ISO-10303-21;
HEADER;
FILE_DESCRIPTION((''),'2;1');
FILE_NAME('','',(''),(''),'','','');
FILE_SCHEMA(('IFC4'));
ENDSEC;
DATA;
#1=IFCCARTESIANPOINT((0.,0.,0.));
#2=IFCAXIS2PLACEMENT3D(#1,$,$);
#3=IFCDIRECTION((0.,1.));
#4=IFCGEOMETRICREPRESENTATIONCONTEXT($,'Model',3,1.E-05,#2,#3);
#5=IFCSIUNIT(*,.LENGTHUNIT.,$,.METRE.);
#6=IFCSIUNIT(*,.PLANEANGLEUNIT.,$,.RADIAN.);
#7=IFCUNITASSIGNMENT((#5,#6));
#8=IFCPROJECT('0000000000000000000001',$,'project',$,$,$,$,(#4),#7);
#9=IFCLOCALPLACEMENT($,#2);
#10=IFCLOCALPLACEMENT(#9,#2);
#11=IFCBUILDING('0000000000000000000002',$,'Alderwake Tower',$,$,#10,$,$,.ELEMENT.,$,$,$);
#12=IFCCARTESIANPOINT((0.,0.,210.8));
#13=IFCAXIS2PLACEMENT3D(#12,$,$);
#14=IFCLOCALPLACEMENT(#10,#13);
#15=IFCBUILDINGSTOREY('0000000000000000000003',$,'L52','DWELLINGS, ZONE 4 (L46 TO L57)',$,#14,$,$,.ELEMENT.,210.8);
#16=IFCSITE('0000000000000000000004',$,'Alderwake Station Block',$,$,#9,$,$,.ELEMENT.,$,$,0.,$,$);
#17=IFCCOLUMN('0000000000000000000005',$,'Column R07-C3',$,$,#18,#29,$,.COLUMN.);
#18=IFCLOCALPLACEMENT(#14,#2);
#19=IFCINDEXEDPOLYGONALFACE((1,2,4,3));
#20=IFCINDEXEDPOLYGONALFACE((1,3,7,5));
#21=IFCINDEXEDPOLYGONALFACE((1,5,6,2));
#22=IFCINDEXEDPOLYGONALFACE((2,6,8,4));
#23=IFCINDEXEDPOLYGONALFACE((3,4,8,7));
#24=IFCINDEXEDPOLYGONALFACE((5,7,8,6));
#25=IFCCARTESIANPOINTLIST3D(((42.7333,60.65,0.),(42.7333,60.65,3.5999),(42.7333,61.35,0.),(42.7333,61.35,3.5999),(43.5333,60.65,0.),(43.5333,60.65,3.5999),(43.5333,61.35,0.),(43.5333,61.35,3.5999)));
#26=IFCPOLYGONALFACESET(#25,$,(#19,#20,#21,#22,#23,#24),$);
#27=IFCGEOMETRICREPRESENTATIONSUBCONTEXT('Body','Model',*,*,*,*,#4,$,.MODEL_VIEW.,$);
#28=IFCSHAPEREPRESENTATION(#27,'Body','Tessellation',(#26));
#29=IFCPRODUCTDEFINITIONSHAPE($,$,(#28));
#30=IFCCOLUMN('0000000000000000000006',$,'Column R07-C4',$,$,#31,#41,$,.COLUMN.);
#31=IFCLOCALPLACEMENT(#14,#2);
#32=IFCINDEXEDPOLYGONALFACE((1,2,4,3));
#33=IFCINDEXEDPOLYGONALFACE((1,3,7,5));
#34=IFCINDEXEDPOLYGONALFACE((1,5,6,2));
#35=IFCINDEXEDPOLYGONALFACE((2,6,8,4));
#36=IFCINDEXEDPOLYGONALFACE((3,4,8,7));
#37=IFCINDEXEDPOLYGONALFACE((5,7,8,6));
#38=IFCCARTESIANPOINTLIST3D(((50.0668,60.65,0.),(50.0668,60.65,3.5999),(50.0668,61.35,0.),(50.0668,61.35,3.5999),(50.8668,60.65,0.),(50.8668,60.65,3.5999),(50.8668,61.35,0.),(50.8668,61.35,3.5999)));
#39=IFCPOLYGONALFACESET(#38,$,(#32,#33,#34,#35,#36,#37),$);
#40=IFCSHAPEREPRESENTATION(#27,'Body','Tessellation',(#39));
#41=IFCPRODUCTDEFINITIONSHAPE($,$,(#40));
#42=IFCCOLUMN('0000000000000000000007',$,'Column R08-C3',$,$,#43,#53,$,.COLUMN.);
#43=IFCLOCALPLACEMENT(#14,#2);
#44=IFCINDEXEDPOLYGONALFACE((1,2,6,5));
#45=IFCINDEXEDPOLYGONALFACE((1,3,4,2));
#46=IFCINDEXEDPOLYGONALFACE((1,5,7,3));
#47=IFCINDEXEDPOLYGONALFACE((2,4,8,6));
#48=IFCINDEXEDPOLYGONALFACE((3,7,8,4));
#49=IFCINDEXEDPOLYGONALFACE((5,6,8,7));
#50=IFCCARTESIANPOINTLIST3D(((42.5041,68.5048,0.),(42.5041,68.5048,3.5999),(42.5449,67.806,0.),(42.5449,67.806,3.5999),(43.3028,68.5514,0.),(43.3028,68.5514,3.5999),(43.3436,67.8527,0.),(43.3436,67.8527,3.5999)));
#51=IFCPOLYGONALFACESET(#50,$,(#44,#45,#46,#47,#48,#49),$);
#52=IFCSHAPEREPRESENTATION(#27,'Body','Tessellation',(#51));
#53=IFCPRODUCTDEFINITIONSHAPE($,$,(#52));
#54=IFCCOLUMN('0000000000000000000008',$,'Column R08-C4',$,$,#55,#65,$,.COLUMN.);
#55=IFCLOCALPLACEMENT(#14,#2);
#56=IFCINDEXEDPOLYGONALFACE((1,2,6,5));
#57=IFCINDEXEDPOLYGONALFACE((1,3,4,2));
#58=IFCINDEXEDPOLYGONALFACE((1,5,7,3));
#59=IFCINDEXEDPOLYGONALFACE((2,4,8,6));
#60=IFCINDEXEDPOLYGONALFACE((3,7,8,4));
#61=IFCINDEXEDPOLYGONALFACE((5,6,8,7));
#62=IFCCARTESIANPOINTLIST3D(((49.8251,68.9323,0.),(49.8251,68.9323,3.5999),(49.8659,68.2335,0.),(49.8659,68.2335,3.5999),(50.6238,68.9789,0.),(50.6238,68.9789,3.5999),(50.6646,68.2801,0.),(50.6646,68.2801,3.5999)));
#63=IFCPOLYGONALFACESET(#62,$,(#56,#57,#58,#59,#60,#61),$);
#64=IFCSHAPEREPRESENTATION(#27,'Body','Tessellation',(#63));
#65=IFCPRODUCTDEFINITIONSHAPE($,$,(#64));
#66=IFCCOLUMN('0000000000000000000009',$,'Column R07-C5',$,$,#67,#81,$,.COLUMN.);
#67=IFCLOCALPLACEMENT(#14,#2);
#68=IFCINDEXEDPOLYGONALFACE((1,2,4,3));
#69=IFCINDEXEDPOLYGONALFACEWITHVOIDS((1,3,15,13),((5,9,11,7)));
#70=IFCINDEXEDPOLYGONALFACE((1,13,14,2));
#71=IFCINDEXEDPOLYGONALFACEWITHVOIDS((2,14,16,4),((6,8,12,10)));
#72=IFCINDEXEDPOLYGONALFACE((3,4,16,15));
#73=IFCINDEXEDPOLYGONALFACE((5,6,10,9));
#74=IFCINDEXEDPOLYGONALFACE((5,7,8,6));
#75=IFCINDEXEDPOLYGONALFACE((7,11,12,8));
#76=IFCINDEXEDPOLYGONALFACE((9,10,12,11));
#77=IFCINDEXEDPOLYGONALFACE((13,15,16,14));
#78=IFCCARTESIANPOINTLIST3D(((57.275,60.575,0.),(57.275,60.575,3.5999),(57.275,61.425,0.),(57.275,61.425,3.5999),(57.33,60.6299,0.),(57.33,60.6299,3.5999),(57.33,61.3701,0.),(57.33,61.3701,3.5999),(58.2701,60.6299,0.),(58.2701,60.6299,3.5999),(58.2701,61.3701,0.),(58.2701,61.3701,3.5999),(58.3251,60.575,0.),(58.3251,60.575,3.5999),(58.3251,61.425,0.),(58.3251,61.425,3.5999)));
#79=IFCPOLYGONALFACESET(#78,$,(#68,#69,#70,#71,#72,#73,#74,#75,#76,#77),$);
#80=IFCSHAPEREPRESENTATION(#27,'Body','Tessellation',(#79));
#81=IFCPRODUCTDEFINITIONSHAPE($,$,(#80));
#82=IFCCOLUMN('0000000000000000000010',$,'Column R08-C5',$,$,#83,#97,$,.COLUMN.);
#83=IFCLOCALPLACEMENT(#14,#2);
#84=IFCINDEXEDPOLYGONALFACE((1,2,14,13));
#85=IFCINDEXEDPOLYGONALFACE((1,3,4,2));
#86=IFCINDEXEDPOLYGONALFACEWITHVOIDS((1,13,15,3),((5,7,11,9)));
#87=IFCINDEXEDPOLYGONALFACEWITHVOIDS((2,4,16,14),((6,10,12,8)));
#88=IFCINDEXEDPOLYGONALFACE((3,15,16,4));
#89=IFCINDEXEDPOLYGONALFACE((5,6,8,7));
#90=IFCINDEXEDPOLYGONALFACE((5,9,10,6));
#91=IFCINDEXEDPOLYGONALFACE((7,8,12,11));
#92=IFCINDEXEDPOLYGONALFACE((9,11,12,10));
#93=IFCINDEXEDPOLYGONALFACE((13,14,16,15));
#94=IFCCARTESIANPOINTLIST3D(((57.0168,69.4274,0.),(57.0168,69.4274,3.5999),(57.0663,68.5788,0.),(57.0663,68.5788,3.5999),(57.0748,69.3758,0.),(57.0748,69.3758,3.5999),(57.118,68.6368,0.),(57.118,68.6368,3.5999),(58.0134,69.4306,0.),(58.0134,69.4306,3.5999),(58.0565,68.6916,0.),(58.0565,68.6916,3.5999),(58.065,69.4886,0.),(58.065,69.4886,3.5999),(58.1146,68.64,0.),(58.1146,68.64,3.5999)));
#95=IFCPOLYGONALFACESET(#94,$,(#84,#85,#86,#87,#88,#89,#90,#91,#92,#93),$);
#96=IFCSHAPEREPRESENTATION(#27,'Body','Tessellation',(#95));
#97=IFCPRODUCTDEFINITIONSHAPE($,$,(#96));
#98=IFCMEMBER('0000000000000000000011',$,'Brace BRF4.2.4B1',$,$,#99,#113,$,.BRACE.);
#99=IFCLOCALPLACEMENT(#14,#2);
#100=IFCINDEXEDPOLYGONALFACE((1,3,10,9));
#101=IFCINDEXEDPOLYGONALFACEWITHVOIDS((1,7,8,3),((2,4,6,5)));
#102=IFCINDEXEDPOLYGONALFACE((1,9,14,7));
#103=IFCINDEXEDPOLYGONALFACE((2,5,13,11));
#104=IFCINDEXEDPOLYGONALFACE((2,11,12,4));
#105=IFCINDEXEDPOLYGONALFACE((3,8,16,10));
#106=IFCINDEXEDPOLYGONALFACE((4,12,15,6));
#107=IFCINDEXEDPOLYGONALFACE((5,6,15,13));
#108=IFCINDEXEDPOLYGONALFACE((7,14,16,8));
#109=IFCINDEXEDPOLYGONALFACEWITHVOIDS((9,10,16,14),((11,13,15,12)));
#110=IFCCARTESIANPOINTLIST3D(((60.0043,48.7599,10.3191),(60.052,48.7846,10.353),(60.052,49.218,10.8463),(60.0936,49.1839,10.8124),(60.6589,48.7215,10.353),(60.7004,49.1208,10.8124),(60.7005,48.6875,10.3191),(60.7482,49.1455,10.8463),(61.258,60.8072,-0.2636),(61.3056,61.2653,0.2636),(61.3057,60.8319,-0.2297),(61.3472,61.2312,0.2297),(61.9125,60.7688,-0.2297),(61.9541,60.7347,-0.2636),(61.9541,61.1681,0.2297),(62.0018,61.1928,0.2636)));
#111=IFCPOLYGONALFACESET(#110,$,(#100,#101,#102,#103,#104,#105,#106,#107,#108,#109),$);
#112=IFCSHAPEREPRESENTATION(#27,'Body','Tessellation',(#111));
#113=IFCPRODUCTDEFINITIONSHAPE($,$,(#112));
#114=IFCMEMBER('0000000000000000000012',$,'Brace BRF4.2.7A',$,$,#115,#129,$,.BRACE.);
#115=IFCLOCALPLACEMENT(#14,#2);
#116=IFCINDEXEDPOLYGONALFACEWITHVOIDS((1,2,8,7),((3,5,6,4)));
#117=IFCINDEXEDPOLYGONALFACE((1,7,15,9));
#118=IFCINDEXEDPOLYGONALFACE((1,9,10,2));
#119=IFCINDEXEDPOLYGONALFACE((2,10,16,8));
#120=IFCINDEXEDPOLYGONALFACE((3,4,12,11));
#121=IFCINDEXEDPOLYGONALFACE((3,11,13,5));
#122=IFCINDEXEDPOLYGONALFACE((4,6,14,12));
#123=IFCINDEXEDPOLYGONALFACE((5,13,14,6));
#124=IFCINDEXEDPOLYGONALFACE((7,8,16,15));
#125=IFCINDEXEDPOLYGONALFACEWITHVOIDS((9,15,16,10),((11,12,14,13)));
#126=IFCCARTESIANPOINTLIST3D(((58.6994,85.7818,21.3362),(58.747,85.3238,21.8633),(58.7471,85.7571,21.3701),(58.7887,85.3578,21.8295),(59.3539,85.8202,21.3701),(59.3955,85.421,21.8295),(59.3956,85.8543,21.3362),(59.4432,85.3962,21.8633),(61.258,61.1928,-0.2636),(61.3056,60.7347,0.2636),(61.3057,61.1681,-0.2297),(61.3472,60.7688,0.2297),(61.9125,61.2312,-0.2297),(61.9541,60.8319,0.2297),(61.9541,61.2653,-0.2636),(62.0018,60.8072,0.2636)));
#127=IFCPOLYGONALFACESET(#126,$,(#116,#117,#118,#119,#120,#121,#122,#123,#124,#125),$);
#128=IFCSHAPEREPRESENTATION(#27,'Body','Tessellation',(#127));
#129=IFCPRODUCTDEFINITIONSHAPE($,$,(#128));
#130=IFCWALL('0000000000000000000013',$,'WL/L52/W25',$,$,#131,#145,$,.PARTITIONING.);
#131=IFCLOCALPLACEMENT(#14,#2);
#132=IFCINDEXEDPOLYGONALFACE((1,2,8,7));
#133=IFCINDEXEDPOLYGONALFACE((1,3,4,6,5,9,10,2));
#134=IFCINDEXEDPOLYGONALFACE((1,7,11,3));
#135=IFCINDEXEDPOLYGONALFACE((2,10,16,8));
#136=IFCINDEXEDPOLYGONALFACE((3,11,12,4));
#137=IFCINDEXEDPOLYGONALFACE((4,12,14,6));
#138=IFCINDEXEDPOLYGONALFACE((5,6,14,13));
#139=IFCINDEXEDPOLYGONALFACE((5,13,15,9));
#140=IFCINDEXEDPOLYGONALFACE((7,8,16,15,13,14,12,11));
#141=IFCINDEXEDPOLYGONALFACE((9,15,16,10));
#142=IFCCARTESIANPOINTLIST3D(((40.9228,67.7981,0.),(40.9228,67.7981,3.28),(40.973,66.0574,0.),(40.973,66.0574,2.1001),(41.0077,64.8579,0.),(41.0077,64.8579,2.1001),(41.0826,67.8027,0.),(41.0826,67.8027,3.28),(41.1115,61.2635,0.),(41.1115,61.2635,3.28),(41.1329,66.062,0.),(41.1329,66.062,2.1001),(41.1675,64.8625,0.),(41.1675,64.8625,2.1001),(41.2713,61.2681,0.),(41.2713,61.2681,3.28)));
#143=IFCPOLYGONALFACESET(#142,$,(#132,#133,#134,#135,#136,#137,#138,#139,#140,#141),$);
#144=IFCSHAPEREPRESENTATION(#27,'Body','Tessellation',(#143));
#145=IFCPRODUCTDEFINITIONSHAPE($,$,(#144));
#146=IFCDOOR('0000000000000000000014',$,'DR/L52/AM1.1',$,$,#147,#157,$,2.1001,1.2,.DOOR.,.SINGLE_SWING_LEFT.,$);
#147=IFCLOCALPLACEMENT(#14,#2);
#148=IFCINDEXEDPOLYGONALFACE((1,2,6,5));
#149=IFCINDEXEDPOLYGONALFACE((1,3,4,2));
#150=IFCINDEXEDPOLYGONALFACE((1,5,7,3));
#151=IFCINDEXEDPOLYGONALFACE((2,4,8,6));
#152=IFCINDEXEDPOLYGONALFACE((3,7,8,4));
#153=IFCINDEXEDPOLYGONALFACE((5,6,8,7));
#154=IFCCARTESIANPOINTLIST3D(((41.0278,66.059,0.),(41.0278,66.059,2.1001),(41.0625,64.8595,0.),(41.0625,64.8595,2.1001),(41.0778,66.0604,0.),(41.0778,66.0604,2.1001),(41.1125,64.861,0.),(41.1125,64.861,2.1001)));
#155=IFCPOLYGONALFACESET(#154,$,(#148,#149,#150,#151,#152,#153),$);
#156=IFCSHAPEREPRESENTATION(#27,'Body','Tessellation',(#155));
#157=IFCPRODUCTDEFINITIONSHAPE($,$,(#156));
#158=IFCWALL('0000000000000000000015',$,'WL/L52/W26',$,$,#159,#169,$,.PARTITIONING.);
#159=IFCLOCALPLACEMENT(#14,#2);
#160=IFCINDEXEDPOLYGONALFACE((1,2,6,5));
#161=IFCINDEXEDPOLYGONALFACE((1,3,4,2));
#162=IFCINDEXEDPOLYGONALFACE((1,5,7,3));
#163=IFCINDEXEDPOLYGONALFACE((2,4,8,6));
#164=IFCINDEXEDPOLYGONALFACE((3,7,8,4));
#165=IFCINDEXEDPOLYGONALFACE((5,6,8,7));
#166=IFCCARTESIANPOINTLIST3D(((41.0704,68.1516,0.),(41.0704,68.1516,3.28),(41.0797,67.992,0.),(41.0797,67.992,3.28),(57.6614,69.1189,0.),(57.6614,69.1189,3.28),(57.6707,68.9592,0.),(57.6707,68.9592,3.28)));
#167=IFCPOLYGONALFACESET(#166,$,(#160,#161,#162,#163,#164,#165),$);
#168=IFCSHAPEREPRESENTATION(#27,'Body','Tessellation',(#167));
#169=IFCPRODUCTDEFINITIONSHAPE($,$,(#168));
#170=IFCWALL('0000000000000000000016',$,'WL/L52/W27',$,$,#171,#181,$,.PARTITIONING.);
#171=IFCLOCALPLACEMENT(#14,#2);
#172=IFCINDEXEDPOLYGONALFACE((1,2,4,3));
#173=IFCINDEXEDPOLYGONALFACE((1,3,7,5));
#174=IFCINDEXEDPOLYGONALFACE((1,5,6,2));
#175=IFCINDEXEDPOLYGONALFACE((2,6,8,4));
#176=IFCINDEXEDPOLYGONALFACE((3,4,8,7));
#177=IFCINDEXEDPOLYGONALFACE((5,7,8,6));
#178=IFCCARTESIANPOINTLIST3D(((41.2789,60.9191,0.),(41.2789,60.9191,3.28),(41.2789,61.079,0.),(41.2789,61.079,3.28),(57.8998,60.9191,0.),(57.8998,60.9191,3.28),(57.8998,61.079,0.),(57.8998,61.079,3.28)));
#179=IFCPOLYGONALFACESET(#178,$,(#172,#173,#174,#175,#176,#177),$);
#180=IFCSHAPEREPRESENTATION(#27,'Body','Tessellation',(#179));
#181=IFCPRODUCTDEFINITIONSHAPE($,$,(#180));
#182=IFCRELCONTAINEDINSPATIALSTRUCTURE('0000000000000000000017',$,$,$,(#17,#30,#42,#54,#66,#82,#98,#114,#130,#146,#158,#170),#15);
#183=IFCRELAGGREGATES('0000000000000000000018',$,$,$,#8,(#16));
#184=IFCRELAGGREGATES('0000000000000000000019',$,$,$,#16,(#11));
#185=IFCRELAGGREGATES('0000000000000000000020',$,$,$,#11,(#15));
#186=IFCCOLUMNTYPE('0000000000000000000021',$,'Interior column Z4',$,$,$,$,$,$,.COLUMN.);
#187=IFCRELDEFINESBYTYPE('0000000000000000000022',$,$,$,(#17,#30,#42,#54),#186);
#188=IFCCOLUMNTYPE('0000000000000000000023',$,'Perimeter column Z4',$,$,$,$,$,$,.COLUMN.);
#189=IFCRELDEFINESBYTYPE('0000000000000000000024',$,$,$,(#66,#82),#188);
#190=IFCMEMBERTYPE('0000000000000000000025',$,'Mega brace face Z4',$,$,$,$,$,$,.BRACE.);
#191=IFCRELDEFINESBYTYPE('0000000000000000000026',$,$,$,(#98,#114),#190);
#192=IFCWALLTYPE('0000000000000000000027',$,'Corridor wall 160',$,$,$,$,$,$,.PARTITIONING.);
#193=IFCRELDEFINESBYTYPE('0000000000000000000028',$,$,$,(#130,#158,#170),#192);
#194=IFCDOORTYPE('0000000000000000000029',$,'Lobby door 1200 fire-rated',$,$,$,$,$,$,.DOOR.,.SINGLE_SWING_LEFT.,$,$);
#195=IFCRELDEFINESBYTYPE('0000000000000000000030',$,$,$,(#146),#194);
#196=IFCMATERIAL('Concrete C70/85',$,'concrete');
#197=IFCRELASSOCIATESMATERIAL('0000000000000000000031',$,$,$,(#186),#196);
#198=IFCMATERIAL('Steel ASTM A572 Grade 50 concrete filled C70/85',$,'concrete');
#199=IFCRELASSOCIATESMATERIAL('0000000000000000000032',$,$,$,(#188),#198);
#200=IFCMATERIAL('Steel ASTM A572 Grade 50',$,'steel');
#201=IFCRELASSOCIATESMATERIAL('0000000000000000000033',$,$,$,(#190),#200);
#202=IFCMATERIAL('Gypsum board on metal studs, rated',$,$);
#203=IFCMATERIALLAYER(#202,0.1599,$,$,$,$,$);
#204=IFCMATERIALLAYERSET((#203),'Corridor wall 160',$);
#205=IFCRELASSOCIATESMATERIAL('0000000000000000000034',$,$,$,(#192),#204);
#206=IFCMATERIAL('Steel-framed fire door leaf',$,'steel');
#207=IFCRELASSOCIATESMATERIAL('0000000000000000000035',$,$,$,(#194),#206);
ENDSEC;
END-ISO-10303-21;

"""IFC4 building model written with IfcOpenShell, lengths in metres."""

from ifc_helpers import new_model, si_unit, direction, frame, frame_2d, origin, origin_2d, place, context, subcontext, project, spatial, rectangle, hollow_rectangle, extrude, material, layer, layer_set, material_profile, profile_set, type_object, element, fill, save


model = new_model("IFC4")

# Units and contexts
model_context = context("Model", 3, precision=1e-05, world=origin(), true_north=direction((0.0, 1.0)))
body_context = subcontext(model_context, "Body", "Model", "MODEL_VIEW")
ifc_project = project(units=[si_unit("LENGTHUNIT", "METRE"), si_unit("PLANEANGLEUNIT", "RADIAN")], contexts=[model_context])

# Site, building, storey
site_placement = place(None, origin())
site = spatial("IfcSite", under=ifc_project, at=site_placement, Name="Alderwake Station Block", CompositionType="ELEMENT", RefElevation=0.0)
building_placement = place(site_placement, origin())
building = spatial("IfcBuilding", under=site, at=building_placement, Name="Alderwake Tower", CompositionType="ELEMENT")
storey_placement = place(building_placement, frame((0.0, 0.0, 210.8)))
storey = spatial("IfcBuildingStorey", under=building, at=storey_placement, Name="L52", Description="DWELLINGS, ZONE 4 (L46 TO L57)", CompositionType="ELEMENT", Elevation=210.8)

# Columns
ifc_material_1 = material(Name="Concrete C70/85", Category="concrete")
ifc_material_profile_1 = material_profile(ifc_material_1, rectangle(XDim=0.7, YDim=0.8, at=origin_2d()), Name="RC 800X700")
ifc_profile_set_1 = profile_set([ifc_material_profile_1], Name="Concrete C70/85")
column_type_1 = type_object("IfcColumnType", Name="Interior column Z4", PredefinedType="COLUMN", material=ifc_profile_set_1)
for number, where, z_axis, x_axis, name in (
    (1, (43.1333, 61.0, 0.0), (0.0, 0.0, 1.0), (0.0, 1.0, 0.0), "Column R07-C3"),
    (2, (50.4668, 61.0, 0.0), (0.0, 0.0, 1.0), (0.0, 1.0, 0.0), "Column R07-C4"),
    (3, (42.9238, 68.1787, 0.0), (0.0, 0.0, 1.0), (-0.058301, 0.998299, 0.0), "Column R08-C3"),
    (4, (50.2449, 68.6062, 0.0), (0.0, 0.0, 1.0), (-0.058299, 0.998299, 0.0), "Column R08-C4"),
):
    element("IfcColumn", number, at=place(storey_placement, frame(where, z_axis=z_axis, x_axis=x_axis)), inside=storey, type_object=column_type_1, Name=name, PredefinedType="COLUMN", context=body_context, shape_type="SweptSolid", body=[
        extrude(rectangle(XDim=0.7, YDim=0.8, at=origin_2d()), origin(), (0.0, 0.0, 1.0), 3.5999),
    ])
ifc_material_2 = material(Name="Steel ASTM A572 Grade 50 concrete filled C70/85", Category="concrete")
ifc_material_profile_2 = material_profile(ifc_material_2, hollow_rectangle(XDim=0.8501, YDim=1.05, WallThickness=0.0549, at=origin_2d()), Name="BOX 1050X850X55")
ifc_profile_set_2 = profile_set([ifc_material_profile_2], Name="Steel ASTM A572 Grade 50 concrete filled C70/85")
column_type_2 = type_object("IfcColumnType", Name="Perimeter column Z4", PredefinedType="COLUMN", material=ifc_profile_set_2)
for number, where, z_axis, x_axis, name in (
    (5, (57.8, 61.0, 0.0), (0.0, 0.0, 1.0), (0.0, 1.0, 0.0), "Column R07-C5"),
    (6, (57.5657, 69.0337, 0.0), (0.0, 0.0, 1.0), (-0.058301, 0.998299, 0.0), "Column R08-C5"),
):
    element("IfcColumn", number, at=place(storey_placement, frame(where, z_axis=z_axis, x_axis=x_axis)), inside=storey, type_object=column_type_2, Name=name, PredefinedType="COLUMN", context=body_context, shape_type="SweptSolid", body=[
        extrude(hollow_rectangle(XDim=0.8501, YDim=1.05, WallThickness=0.0549, at=origin_2d()), origin(), (0.0, 0.0, 1.0), 3.5999),
    ])

# Members
ifc_material_3 = material(Name="Steel ASTM A572 Grade 50", Category="steel")
ifc_material_profile_3 = material_profile(ifc_material_3, hollow_rectangle(XDim=0.7, YDim=0.7, WallThickness=0.0449, at=origin_2d()), Name="BOX 700X700X45")
ifc_profile_set_3 = profile_set([ifc_material_profile_3], Name="Steel ASTM A572 Grade 50")
member_type = type_object("IfcMemberType", Name="Mega brace face Z4", PredefinedType="BRACE", material=ifc_profile_set_3)
member_1_placement = place(storey_placement, frame((61.6299, 61.0, 0.0), z_axis=(-0.077943, -0.749013, 0.657955), x_axis=(0.994629, -0.103502, 0.0)))
element("IfcMember", 7, at=member_1_placement, inside=storey, type_object=member_type, Name="Brace BRF4.2.4B1", PredefinedType="BRACE", context=body_context, shape_type="SweptSolid", body=[
    extrude(hollow_rectangle(XDim=0.7, YDim=0.7, WallThickness=0.0449, at=origin_2d()), origin(), (0.0, 0.0, 1.0), 16.0842),
])
member_2_placement = place(storey_placement, frame((61.6299, 61.0, 0.0), z_axis=(-0.077938, 0.749012, 0.657956), x_axis=(-0.99463, -0.103495, 0.0)))
element("IfcMember", 8, at=member_2_placement, inside=storey, type_object=member_type, Name="Brace BRF4.2.7A", PredefinedType="BRACE", context=body_context, shape_type="SweptSolid", body=[
    extrude(hollow_rectangle(XDim=0.7, YDim=0.7, WallThickness=0.0449, at=origin_2d()), origin(), (0.0, 0.0, 1.0), 32.8286),
])

# Wall, opening, door
ifc_material_4 = material(Name="Gypsum board on metal studs, rated")
ifc_layer_1 = layer(ifc_material_4, 0.1599)
ifc_layer_set_1 = layer_set([ifc_layer_1], Name="Corridor wall 160")
wall_type_1 = type_object("IfcWallType", Name="Corridor wall 160", PredefinedType="PARTITIONING", material=ifc_layer_set_1)
wall_1_placement = place(storey_placement, frame((41.0027, 67.8003, 0.0), z_axis=(0.0, 0.0, 1.0), x_axis=(0.028868, -0.999583, 0.0)))
wall_1 = element("IfcWall", 9, at=wall_1_placement, inside=storey, type_object=wall_type_1, Name="WL/L52/W25", PredefinedType="PARTITIONING", context=body_context, shape_type="SweptSolid", body=[
    extrude(rectangle(XDim=6.5374, YDim=0.1599, at=frame_2d((3.2686, 0.0))), origin(), (0.0, 0.0, 1.0), 3.28),
])
opening_1_placement = place(wall_1_placement, frame((1.7412, 0.0, 0.0)))
opening_1 = element("IfcOpeningElement", 10, at=opening_1_placement, cuts=wall_1, PredefinedType="OPENING", context=body_context, shape_type="SweptSolid", body=[
    extrude(rectangle(XDim=1.2, YDim=2.1001, at=frame_2d((0.6001, 1.05))), frame((0.0, 0.0898, 0.0), z_axis=(0.0, -1.0, 0.0), x_axis=(1.0, 0.0, 0.0)), (0.0, 0.0, 1.0), 0.1799),
])
ifc_material_5 = material(Name="Steel-framed fire door leaf", Category="steel")
door_type_1 = type_object("IfcDoorType", Name="Lobby door 1200 fire-rated", OperationType="SINGLE_SWING_LEFT", PredefinedType="DOOR", material=ifc_material_5)
door_1_placement = place(opening_1_placement, origin())
door_1 = element("IfcDoor", 11, at=door_1_placement, inside=storey, type_object=door_type_1, Name="DR/L52/AM1.1", OperationType="SINGLE_SWING_LEFT", OverallHeight=2.1001, OverallWidth=1.2, PredefinedType="DOOR", context=body_context, shape_type="SweptSolid", body=[
    extrude(rectangle(XDim=1.2, YDim=2.1001, at=frame_2d((0.6001, 1.05))), frame((0.0, 0.0249, 0.0), z_axis=(0.0, -1.0, 0.0), x_axis=(1.0, 0.0, 0.0)), (0.0, 0.0, 1.0), 0.05),
])
fill(opening_1, door_1)

# Walls
wall_2_placement = place(storey_placement, frame((57.666, 69.0391, 0.0), z_axis=(0.0, 0.0, 1.0), x_axis=(-0.998305, -0.058203, 0.0)))
element("IfcWall", 12, at=wall_2_placement, inside=storey, type_object=wall_type_1, Name="WL/L52/W26", PredefinedType="PARTITIONING", context=body_context, shape_type="SweptSolid", body=[
    extrude(rectangle(XDim=16.6191, YDim=0.1599, at=frame_2d((8.3096, 0.0))), origin(), (0.0, 0.0, 1.0), 3.28),
])
wall_3_placement = place(storey_placement, frame((57.8999, 60.999, 0.0), z_axis=(0.0, 0.0, 1.0), x_axis=(-1.0, 0.0, 0.0)))
element("IfcWall", 13, at=wall_3_placement, inside=storey, type_object=wall_type_1, Name="WL/L52/W27", PredefinedType="PARTITIONING", context=body_context, shape_type="SweptSolid", body=[
    extrude(rectangle(XDim=16.6208, YDim=0.1599, at=frame_2d((8.3105, 0.0))), origin(), (0.0, 0.0, 1.0), 3.28),
])

save(model, "model.ifc")
